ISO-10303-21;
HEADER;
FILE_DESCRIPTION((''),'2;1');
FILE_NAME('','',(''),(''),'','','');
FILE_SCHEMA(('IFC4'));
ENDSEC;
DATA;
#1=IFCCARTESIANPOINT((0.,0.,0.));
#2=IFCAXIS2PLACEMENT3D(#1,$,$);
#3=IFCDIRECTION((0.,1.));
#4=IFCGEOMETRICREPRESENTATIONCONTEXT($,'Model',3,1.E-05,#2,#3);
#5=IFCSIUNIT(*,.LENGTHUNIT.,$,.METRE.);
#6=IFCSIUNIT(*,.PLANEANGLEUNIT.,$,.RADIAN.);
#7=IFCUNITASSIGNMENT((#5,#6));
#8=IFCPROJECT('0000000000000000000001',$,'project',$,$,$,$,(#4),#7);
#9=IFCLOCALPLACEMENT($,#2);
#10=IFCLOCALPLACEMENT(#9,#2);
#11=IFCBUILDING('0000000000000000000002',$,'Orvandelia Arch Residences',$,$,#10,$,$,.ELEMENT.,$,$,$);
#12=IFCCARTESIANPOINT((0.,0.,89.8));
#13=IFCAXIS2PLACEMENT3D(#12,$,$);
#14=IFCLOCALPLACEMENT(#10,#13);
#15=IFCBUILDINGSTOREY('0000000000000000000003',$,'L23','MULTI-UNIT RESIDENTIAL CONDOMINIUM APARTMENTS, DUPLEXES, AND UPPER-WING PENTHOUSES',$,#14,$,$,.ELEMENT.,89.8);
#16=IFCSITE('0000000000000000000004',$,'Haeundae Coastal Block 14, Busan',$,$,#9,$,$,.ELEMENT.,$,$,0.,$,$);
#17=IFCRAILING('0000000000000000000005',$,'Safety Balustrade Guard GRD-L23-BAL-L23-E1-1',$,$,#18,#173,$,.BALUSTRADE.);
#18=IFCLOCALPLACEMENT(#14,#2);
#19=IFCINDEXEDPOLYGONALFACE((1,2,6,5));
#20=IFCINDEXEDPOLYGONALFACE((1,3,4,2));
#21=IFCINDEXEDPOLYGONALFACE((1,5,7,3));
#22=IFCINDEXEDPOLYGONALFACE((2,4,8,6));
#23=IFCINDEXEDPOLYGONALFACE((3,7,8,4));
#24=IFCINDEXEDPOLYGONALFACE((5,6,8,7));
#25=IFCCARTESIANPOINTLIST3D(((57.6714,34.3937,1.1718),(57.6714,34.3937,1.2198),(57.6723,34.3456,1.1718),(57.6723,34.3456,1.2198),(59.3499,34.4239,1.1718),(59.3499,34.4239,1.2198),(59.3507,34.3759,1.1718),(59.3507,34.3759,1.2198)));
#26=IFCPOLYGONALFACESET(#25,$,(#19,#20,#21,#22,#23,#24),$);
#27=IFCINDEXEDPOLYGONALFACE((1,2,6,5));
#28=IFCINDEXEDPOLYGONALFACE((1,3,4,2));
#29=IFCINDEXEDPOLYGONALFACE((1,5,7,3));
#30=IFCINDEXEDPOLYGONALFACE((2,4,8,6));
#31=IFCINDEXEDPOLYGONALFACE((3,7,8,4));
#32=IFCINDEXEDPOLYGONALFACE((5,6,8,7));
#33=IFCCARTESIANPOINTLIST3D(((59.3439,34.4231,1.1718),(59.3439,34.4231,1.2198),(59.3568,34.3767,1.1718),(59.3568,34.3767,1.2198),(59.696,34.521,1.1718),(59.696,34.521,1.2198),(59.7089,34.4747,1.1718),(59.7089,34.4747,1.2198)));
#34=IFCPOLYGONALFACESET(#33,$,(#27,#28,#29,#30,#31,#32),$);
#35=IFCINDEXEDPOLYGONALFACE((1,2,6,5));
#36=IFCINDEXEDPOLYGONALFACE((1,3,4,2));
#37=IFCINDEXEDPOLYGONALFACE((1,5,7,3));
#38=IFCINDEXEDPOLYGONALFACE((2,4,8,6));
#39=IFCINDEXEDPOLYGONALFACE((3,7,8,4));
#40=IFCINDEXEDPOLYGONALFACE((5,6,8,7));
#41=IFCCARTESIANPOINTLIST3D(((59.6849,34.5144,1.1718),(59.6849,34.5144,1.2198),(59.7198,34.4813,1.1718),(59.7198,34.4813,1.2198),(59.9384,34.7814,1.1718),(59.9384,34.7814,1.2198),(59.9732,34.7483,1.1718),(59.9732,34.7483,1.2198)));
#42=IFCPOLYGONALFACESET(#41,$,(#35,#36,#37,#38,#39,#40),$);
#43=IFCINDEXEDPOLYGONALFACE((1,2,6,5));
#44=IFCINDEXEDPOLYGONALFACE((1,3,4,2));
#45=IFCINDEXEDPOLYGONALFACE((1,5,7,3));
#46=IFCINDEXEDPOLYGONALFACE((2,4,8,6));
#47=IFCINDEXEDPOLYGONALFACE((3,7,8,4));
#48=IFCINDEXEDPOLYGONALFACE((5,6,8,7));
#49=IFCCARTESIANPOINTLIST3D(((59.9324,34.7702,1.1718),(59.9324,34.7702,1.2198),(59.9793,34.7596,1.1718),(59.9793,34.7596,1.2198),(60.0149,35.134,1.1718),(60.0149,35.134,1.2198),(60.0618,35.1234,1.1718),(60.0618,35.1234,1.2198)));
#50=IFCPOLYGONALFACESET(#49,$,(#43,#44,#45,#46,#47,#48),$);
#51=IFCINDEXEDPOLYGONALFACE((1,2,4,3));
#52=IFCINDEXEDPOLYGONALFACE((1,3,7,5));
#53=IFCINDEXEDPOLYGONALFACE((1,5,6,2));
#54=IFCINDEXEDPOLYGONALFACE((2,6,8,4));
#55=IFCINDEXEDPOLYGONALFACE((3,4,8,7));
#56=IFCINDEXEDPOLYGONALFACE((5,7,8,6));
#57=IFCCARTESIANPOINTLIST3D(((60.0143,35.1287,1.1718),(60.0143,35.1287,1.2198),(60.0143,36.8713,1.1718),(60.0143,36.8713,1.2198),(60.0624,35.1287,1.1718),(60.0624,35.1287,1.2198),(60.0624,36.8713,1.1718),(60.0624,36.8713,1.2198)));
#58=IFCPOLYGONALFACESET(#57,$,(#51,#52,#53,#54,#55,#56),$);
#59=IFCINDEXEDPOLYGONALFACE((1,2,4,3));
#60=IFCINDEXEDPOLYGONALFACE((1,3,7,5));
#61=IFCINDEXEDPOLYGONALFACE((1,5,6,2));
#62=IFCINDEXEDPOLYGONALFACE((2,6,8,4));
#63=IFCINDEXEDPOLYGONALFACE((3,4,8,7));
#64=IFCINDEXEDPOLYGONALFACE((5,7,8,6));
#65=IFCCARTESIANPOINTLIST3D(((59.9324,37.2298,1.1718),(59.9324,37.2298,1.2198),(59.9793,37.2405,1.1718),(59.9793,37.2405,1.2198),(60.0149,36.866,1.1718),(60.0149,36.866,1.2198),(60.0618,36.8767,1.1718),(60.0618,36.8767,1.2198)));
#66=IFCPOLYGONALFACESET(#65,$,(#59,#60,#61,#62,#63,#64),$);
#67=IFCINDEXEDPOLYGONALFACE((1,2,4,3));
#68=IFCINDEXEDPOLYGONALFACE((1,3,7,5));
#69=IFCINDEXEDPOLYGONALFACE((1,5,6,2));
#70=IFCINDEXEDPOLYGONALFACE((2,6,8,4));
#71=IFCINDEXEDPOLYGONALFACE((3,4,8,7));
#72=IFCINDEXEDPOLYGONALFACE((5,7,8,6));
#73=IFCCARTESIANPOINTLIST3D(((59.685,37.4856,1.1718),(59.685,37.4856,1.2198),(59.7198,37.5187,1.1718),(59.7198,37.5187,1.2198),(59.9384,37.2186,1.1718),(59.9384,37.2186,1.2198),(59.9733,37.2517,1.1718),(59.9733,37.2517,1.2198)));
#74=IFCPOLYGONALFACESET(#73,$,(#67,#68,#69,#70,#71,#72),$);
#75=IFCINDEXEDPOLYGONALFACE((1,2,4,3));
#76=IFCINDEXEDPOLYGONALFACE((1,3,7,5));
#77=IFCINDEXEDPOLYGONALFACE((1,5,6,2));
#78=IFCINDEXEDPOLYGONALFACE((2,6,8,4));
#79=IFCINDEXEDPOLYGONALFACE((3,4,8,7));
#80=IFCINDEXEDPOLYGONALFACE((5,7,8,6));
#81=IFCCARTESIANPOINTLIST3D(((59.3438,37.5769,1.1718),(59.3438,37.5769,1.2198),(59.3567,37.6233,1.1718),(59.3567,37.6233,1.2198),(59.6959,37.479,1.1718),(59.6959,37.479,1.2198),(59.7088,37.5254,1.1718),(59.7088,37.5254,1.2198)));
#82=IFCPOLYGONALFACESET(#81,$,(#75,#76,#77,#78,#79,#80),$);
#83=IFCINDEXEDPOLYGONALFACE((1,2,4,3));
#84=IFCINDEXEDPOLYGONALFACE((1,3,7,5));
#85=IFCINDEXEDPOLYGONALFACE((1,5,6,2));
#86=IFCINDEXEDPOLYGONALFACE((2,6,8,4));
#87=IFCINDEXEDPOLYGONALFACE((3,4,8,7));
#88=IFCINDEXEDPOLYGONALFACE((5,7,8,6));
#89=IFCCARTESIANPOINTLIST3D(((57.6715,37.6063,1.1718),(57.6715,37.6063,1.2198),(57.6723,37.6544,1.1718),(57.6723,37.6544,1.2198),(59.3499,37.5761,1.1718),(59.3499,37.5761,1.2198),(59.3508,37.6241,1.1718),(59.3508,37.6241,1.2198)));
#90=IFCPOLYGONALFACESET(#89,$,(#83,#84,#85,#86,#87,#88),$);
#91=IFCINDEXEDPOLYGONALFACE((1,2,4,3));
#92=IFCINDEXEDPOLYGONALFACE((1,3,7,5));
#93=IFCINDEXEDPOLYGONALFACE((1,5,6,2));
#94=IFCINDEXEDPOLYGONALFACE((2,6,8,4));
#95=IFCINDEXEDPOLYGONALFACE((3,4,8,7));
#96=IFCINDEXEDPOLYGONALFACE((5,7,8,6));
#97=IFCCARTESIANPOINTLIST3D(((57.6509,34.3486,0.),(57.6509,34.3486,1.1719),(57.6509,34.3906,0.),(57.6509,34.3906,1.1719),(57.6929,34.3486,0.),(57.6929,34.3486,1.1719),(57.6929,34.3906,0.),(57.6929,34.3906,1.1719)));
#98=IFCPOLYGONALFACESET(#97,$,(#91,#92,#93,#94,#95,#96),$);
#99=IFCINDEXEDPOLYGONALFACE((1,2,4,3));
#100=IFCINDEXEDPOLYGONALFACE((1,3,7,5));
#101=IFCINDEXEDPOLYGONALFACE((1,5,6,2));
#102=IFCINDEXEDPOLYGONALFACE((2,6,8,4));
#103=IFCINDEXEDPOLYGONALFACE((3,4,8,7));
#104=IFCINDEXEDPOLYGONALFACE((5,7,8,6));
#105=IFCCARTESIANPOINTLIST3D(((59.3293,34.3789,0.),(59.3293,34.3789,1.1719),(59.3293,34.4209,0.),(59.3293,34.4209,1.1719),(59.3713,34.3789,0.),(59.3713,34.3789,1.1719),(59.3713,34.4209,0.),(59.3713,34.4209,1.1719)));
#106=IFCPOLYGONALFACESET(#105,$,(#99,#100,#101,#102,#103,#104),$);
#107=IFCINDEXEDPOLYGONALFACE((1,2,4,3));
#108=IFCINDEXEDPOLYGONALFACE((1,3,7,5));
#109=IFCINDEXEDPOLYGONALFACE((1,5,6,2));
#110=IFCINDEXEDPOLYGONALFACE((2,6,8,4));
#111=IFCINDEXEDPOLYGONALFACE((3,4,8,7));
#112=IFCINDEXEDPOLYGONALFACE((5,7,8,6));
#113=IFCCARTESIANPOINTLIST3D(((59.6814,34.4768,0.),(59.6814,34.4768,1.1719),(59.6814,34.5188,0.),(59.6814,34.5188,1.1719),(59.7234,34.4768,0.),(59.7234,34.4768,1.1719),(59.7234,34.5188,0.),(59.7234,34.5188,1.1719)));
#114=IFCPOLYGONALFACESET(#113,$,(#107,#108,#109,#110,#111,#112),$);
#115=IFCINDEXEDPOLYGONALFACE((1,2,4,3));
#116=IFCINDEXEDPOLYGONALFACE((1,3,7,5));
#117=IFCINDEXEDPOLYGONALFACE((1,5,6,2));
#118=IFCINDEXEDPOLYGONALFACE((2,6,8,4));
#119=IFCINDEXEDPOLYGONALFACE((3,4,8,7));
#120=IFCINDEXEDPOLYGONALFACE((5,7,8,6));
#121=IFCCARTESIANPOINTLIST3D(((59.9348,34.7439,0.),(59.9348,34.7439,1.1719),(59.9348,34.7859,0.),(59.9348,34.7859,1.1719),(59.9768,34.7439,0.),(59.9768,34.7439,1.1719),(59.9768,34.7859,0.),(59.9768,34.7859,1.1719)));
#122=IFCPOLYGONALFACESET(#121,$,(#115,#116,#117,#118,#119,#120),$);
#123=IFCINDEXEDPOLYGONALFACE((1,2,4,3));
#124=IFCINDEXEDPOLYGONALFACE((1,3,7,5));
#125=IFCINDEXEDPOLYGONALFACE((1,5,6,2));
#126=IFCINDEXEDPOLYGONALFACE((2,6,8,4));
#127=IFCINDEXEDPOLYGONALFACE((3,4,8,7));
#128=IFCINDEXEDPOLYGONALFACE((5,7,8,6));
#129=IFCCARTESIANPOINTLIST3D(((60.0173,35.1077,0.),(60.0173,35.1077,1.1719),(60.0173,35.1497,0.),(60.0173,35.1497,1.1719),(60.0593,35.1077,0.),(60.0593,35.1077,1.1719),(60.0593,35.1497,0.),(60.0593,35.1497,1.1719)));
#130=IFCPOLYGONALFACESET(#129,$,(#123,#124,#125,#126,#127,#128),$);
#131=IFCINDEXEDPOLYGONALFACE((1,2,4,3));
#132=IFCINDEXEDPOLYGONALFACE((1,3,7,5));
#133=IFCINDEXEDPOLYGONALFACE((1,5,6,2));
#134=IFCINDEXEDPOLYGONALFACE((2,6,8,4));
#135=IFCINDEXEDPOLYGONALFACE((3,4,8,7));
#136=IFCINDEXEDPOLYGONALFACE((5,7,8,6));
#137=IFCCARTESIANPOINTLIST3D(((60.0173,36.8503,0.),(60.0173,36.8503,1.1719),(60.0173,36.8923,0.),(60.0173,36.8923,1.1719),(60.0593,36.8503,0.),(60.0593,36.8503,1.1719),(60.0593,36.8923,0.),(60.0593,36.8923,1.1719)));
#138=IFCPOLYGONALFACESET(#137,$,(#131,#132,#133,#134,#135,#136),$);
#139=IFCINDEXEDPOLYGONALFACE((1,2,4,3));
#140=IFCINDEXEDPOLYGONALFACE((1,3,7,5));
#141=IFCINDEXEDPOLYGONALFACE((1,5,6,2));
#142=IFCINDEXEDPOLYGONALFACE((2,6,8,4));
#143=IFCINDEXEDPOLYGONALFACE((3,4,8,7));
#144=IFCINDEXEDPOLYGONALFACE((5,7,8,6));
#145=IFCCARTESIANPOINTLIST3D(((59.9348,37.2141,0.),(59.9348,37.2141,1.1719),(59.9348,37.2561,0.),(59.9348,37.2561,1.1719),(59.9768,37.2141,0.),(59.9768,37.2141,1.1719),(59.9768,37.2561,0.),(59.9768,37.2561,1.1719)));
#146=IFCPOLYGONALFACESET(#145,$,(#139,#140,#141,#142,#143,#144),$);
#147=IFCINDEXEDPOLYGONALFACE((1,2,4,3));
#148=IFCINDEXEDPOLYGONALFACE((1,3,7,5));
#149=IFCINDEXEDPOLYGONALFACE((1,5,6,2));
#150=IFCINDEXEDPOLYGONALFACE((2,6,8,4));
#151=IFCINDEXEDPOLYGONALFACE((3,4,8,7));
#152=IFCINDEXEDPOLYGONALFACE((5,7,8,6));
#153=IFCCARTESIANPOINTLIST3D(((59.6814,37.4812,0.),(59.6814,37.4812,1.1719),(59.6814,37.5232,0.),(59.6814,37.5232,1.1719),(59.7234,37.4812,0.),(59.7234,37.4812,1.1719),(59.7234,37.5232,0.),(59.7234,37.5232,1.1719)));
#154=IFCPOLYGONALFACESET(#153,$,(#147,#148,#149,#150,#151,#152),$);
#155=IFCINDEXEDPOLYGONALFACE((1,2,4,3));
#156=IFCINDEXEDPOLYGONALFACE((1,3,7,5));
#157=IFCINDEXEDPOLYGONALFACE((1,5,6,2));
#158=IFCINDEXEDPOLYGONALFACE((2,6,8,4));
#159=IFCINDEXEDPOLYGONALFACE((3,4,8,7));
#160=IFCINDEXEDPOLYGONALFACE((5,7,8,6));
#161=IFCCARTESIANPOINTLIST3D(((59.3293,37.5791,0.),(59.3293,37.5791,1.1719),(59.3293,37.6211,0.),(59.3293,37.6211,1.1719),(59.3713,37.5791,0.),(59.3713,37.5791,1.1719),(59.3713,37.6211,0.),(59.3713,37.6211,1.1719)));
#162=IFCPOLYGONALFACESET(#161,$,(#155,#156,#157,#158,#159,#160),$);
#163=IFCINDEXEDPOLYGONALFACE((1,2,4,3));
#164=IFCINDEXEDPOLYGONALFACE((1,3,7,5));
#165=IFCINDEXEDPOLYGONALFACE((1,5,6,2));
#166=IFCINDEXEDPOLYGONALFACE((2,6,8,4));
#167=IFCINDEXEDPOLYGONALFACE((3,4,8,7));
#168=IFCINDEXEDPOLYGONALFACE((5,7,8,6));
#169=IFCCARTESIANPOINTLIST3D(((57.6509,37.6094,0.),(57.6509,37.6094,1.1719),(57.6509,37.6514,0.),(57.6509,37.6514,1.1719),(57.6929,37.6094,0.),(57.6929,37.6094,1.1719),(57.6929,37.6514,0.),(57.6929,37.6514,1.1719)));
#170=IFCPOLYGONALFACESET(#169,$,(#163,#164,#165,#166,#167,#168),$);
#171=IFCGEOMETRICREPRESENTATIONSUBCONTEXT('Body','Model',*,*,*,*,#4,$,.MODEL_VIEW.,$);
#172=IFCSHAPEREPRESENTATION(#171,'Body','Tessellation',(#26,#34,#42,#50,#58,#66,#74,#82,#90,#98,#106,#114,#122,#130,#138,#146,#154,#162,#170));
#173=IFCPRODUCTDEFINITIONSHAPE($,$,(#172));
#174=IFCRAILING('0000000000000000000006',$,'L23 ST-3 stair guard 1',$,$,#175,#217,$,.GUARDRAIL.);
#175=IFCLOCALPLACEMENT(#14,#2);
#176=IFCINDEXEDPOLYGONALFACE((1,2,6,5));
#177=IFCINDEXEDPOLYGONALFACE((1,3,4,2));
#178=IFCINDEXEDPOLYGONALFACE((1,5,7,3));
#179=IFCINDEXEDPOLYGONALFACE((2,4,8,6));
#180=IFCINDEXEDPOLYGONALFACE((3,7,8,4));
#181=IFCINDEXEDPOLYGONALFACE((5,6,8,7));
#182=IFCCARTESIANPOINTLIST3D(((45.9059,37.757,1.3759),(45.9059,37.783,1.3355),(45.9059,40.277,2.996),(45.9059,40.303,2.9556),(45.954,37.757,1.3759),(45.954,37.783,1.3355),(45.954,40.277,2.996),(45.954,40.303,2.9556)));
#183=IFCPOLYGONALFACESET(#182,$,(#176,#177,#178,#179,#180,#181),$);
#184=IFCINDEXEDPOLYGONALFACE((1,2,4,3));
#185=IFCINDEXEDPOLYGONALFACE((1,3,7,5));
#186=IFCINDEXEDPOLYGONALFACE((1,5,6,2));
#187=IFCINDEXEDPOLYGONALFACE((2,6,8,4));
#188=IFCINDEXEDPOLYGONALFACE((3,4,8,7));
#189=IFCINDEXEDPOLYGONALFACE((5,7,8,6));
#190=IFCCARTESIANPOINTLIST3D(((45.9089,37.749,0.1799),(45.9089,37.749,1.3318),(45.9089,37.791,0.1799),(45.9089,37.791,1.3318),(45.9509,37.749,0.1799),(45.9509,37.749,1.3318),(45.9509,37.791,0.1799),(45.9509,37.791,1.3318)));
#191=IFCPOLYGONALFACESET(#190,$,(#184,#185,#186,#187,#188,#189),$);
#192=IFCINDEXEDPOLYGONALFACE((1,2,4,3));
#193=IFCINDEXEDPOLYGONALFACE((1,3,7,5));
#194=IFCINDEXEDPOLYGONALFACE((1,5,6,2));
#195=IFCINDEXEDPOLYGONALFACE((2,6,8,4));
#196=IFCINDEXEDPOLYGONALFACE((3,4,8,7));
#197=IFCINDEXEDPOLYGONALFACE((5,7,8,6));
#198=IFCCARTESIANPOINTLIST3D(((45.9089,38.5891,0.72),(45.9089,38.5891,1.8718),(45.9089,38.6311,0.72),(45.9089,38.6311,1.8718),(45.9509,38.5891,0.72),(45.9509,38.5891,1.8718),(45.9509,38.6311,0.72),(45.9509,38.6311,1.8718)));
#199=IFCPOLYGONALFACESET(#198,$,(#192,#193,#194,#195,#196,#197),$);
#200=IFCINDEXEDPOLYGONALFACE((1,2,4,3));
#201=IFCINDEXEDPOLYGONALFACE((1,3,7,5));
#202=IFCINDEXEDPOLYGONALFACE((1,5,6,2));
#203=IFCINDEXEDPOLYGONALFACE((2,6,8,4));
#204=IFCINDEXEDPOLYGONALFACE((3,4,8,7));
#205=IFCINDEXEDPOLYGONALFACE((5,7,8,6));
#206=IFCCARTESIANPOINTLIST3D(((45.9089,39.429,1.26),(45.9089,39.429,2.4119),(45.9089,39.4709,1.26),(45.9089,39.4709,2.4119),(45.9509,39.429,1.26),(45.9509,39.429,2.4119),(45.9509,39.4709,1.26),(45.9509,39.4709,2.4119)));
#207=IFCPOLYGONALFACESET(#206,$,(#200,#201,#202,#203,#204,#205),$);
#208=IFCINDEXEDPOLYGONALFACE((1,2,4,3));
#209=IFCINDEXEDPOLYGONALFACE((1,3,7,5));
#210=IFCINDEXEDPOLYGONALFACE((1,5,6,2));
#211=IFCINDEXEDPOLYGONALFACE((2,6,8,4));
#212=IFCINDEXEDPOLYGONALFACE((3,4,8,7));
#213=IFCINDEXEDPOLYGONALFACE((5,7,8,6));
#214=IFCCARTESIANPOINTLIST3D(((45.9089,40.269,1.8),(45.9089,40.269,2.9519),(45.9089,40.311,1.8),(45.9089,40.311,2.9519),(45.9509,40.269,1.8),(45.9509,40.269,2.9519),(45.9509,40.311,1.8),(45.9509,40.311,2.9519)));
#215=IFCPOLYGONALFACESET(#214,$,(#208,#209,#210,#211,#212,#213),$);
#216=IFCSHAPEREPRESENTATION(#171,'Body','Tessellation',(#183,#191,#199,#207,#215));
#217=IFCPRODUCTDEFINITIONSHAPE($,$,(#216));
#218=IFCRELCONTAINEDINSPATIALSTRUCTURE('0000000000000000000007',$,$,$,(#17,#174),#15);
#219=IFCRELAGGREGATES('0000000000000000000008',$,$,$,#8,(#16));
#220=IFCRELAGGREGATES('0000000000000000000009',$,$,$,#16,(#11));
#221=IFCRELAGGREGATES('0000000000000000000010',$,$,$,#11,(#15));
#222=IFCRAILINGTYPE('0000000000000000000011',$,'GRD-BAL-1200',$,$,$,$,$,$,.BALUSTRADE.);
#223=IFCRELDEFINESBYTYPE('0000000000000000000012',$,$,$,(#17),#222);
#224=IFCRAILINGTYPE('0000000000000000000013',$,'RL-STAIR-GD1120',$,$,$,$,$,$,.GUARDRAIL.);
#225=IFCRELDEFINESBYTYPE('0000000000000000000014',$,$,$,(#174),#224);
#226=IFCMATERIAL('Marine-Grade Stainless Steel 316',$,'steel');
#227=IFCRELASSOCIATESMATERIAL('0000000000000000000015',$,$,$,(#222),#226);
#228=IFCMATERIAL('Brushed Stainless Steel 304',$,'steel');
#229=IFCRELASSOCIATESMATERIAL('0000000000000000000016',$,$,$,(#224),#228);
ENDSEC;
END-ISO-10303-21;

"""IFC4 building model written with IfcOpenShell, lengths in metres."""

from ifc_helpers import new_model, si_unit, direction, frame, origin, origin_2d, place, context, subcontext, project, spatial, rectangle, extrude, material, type_object, element, save


model = new_model("IFC4")

# Units and contexts
model_context = context("Model", 3, precision=1e-05, world=origin(), true_north=direction((0.0, 1.0)))
body_context = subcontext(model_context, "Body", "Model", "MODEL_VIEW")
ifc_project = project(units=[si_unit("LENGTHUNIT", "METRE"), si_unit("PLANEANGLEUNIT", "RADIAN")], contexts=[model_context])

# Site, building, storey
site_placement = place(None, origin())
site = spatial("IfcSite", under=ifc_project, at=site_placement, Name="Haeundae Coastal Block 14, Busan", CompositionType="ELEMENT", RefElevation=0.0)
building_placement = place(site_placement, origin())
building = spatial("IfcBuilding", under=site, at=building_placement, Name="Orvandelia Arch Residences", CompositionType="ELEMENT")
storey_placement = place(building_placement, frame((0.0, 0.0, 89.8)))
storey = spatial("IfcBuildingStorey", under=building, at=storey_placement, Name="L23", Description="MULTI-UNIT RESIDENTIAL CONDOMINIUM APARTMENTS, DUPLEXES, AND UPPER-WING PENTHOUSES", CompositionType="ELEMENT", Elevation=89.8)

# Railings
ifc_material_1 = material(Name="Marine-Grade Stainless Steel 316", Category="steel")
railing_type_1 = type_object("IfcRailingType", Name="GRD-BAL-1200", PredefinedType="BALUSTRADE", material=ifc_material_1)
railing_1_placement = place(storey_placement, frame((57.6719, 34.3696, 0.0)))
element("IfcRailing", 1, at=railing_1_placement, inside=storey, type_object=railing_type_1, Name="Safety Balustrade Guard GRD-L23-BAL-L23-E1-1", PredefinedType="BALUSTRADE", context=body_context, shape_type="SweptSolid", body=[
    extrude(rectangle(XDim=0.0481, YDim=0.0481, at=origin_2d()), frame((0.0, 0.0, 1.1958), z_axis=(0.999837, 0.018033, 0.0), x_axis=(-0.018033, 0.999837, 0.0)), (0.0, 0.0, 1.0), 1.6787),
    extrude(rectangle(XDim=0.0481, YDim=0.0481, at=origin_2d()), frame((1.6785, 0.0303, 1.1958), z_axis=(0.963441, 0.26792, 0.0), x_axis=(-0.26792, 0.963441, 0.0)), (0.0, 0.0, 1.0), 0.3655),
    extrude(rectangle(XDim=0.0481, YDim=0.0481, at=origin_2d()), frame((2.0305, 0.1282, 1.1958), z_axis=(0.688296, 0.72543, 0.0), x_axis=(-0.72543, 0.688296, 0.0)), (0.0, 0.0, 1.0), 0.3682),
    extrude(rectangle(XDim=0.0481, YDim=0.0481, at=origin_2d()), frame((2.2839, 0.3953, 1.1958), z_axis=(0.221225, 0.975223, 0.0), x_axis=(-0.975223, 0.221225, 0.0)), (0.0, 0.0, 1.0), 0.373),
    extrude(rectangle(XDim=0.0481, YDim=0.0481, at=origin_2d()), frame((2.3665, 0.759, 1.1958), z_axis=(0.0, 1.0, 0.0), x_axis=(-1.0, 0.0, 0.0)), (0.0, 0.0, 1.0), 1.7427),
    extrude(rectangle(XDim=0.0481, YDim=0.0481, at=origin_2d()), frame((2.3665, 2.5017, 1.1958), z_axis=(-0.221225, 0.975223, 0.0), x_axis=(-0.975223, -0.221225, 0.0)), (0.0, 0.0, 1.0), 0.373),
    extrude(rectangle(XDim=0.0481, YDim=0.0481, at=origin_2d()), frame((2.2839, 2.8655, 1.1958), z_axis=(-0.688296, 0.72543, 0.0), x_axis=(-0.72543, -0.688296, 0.0)), (0.0, 0.0, 1.0), 0.3682),
    extrude(rectangle(XDim=0.0481, YDim=0.0481, at=origin_2d()), frame((2.0305, 3.1326, 1.1958), z_axis=(-0.963441, 0.26792, 0.0), x_axis=(-0.26792, -0.963441, 0.0)), (0.0, 0.0, 1.0), 0.3655),
    extrude(rectangle(XDim=0.0481, YDim=0.0481, at=origin_2d()), frame((1.6785, 3.2305, 1.1958), z_axis=(-0.999837, 0.018033, 0.0), x_axis=(-0.018033, -0.999837, 0.0)), (0.0, 0.0, 1.0), 1.6787),
    extrude(rectangle(XDim=0.042, YDim=0.042, at=origin_2d()), origin(), (0.0, 0.0, 1.0), 1.1719),
    extrude(rectangle(XDim=0.042, YDim=0.042, at=origin_2d()), frame((1.6785, 0.0303, 0.0)), (0.0, 0.0, 1.0), 1.1719),
    extrude(rectangle(XDim=0.042, YDim=0.042, at=origin_2d()), frame((2.0305, 0.1282, 0.0)), (0.0, 0.0, 1.0), 1.1719),
    extrude(rectangle(XDim=0.042, YDim=0.042, at=origin_2d()), frame((2.2839, 0.3953, 0.0)), (0.0, 0.0, 1.0), 1.1719),
    extrude(rectangle(XDim=0.042, YDim=0.042, at=origin_2d()), frame((2.3665, 0.759, 0.0)), (0.0, 0.0, 1.0), 1.1719),
    extrude(rectangle(XDim=0.042, YDim=0.042, at=origin_2d()), frame((2.3665, 2.5017, 0.0)), (0.0, 0.0, 1.0), 1.1719),
    extrude(rectangle(XDim=0.042, YDim=0.042, at=origin_2d()), frame((2.2839, 2.8655, 0.0)), (0.0, 0.0, 1.0), 1.1719),
    extrude(rectangle(XDim=0.042, YDim=0.042, at=origin_2d()), frame((2.0305, 3.1326, 0.0)), (0.0, 0.0, 1.0), 1.1719),
    extrude(rectangle(XDim=0.042, YDim=0.042, at=origin_2d()), frame((1.6785, 3.2305, 0.0)), (0.0, 0.0, 1.0), 1.1719),
    extrude(rectangle(XDim=0.042, YDim=0.042, at=origin_2d()), frame((0.0, 3.2607, 0.0)), (0.0, 0.0, 1.0), 1.1719),
])
ifc_material_2 = material(Name="Brushed Stainless Steel 304", Category="steel")
railing_type_2 = type_object("IfcRailingType", Name="RL-STAIR-GD1120", PredefinedType="GUARDRAIL", material=ifc_material_2)
railing_2_placement = place(storey_placement, frame((45.9299, 37.77, 0.1799)))
element("IfcRailing", 2, at=railing_2_placement, inside=storey, type_object=railing_type_2, Name="L23 ST-3 stair guard 1", PredefinedType="GUARDRAIL", context=body_context, shape_type="SweptSolid", body=[
    extrude(rectangle(XDim=0.0481, YDim=0.0481, at=origin_2d()), frame((0.0, 0.0, 1.1758), z_axis=(0.0, 0.841163, 0.540782), x_axis=(-1.0, 0.0, 0.0)), (0.0, 0.0, 1.0), 2.9958),
    extrude(rectangle(XDim=0.042, YDim=0.042, at=origin_2d()), origin(), (0.0, 0.0, 1.0), 1.1519),
    extrude(rectangle(XDim=0.042, YDim=0.042, at=origin_2d()), frame((0.0, 0.8401, 0.54)), (0.0, 0.0, 1.0), 1.1519),
    extrude(rectangle(XDim=0.042, YDim=0.042, at=origin_2d()), frame((0.0, 1.6799, 1.0801)), (0.0, 0.0, 1.0), 1.1519),
    extrude(rectangle(XDim=0.042, YDim=0.042, at=origin_2d()), frame((0.0, 2.52, 1.6201)), (0.0, 0.0, 1.0), 1.1519),
])

save(model, "model.ifc")
